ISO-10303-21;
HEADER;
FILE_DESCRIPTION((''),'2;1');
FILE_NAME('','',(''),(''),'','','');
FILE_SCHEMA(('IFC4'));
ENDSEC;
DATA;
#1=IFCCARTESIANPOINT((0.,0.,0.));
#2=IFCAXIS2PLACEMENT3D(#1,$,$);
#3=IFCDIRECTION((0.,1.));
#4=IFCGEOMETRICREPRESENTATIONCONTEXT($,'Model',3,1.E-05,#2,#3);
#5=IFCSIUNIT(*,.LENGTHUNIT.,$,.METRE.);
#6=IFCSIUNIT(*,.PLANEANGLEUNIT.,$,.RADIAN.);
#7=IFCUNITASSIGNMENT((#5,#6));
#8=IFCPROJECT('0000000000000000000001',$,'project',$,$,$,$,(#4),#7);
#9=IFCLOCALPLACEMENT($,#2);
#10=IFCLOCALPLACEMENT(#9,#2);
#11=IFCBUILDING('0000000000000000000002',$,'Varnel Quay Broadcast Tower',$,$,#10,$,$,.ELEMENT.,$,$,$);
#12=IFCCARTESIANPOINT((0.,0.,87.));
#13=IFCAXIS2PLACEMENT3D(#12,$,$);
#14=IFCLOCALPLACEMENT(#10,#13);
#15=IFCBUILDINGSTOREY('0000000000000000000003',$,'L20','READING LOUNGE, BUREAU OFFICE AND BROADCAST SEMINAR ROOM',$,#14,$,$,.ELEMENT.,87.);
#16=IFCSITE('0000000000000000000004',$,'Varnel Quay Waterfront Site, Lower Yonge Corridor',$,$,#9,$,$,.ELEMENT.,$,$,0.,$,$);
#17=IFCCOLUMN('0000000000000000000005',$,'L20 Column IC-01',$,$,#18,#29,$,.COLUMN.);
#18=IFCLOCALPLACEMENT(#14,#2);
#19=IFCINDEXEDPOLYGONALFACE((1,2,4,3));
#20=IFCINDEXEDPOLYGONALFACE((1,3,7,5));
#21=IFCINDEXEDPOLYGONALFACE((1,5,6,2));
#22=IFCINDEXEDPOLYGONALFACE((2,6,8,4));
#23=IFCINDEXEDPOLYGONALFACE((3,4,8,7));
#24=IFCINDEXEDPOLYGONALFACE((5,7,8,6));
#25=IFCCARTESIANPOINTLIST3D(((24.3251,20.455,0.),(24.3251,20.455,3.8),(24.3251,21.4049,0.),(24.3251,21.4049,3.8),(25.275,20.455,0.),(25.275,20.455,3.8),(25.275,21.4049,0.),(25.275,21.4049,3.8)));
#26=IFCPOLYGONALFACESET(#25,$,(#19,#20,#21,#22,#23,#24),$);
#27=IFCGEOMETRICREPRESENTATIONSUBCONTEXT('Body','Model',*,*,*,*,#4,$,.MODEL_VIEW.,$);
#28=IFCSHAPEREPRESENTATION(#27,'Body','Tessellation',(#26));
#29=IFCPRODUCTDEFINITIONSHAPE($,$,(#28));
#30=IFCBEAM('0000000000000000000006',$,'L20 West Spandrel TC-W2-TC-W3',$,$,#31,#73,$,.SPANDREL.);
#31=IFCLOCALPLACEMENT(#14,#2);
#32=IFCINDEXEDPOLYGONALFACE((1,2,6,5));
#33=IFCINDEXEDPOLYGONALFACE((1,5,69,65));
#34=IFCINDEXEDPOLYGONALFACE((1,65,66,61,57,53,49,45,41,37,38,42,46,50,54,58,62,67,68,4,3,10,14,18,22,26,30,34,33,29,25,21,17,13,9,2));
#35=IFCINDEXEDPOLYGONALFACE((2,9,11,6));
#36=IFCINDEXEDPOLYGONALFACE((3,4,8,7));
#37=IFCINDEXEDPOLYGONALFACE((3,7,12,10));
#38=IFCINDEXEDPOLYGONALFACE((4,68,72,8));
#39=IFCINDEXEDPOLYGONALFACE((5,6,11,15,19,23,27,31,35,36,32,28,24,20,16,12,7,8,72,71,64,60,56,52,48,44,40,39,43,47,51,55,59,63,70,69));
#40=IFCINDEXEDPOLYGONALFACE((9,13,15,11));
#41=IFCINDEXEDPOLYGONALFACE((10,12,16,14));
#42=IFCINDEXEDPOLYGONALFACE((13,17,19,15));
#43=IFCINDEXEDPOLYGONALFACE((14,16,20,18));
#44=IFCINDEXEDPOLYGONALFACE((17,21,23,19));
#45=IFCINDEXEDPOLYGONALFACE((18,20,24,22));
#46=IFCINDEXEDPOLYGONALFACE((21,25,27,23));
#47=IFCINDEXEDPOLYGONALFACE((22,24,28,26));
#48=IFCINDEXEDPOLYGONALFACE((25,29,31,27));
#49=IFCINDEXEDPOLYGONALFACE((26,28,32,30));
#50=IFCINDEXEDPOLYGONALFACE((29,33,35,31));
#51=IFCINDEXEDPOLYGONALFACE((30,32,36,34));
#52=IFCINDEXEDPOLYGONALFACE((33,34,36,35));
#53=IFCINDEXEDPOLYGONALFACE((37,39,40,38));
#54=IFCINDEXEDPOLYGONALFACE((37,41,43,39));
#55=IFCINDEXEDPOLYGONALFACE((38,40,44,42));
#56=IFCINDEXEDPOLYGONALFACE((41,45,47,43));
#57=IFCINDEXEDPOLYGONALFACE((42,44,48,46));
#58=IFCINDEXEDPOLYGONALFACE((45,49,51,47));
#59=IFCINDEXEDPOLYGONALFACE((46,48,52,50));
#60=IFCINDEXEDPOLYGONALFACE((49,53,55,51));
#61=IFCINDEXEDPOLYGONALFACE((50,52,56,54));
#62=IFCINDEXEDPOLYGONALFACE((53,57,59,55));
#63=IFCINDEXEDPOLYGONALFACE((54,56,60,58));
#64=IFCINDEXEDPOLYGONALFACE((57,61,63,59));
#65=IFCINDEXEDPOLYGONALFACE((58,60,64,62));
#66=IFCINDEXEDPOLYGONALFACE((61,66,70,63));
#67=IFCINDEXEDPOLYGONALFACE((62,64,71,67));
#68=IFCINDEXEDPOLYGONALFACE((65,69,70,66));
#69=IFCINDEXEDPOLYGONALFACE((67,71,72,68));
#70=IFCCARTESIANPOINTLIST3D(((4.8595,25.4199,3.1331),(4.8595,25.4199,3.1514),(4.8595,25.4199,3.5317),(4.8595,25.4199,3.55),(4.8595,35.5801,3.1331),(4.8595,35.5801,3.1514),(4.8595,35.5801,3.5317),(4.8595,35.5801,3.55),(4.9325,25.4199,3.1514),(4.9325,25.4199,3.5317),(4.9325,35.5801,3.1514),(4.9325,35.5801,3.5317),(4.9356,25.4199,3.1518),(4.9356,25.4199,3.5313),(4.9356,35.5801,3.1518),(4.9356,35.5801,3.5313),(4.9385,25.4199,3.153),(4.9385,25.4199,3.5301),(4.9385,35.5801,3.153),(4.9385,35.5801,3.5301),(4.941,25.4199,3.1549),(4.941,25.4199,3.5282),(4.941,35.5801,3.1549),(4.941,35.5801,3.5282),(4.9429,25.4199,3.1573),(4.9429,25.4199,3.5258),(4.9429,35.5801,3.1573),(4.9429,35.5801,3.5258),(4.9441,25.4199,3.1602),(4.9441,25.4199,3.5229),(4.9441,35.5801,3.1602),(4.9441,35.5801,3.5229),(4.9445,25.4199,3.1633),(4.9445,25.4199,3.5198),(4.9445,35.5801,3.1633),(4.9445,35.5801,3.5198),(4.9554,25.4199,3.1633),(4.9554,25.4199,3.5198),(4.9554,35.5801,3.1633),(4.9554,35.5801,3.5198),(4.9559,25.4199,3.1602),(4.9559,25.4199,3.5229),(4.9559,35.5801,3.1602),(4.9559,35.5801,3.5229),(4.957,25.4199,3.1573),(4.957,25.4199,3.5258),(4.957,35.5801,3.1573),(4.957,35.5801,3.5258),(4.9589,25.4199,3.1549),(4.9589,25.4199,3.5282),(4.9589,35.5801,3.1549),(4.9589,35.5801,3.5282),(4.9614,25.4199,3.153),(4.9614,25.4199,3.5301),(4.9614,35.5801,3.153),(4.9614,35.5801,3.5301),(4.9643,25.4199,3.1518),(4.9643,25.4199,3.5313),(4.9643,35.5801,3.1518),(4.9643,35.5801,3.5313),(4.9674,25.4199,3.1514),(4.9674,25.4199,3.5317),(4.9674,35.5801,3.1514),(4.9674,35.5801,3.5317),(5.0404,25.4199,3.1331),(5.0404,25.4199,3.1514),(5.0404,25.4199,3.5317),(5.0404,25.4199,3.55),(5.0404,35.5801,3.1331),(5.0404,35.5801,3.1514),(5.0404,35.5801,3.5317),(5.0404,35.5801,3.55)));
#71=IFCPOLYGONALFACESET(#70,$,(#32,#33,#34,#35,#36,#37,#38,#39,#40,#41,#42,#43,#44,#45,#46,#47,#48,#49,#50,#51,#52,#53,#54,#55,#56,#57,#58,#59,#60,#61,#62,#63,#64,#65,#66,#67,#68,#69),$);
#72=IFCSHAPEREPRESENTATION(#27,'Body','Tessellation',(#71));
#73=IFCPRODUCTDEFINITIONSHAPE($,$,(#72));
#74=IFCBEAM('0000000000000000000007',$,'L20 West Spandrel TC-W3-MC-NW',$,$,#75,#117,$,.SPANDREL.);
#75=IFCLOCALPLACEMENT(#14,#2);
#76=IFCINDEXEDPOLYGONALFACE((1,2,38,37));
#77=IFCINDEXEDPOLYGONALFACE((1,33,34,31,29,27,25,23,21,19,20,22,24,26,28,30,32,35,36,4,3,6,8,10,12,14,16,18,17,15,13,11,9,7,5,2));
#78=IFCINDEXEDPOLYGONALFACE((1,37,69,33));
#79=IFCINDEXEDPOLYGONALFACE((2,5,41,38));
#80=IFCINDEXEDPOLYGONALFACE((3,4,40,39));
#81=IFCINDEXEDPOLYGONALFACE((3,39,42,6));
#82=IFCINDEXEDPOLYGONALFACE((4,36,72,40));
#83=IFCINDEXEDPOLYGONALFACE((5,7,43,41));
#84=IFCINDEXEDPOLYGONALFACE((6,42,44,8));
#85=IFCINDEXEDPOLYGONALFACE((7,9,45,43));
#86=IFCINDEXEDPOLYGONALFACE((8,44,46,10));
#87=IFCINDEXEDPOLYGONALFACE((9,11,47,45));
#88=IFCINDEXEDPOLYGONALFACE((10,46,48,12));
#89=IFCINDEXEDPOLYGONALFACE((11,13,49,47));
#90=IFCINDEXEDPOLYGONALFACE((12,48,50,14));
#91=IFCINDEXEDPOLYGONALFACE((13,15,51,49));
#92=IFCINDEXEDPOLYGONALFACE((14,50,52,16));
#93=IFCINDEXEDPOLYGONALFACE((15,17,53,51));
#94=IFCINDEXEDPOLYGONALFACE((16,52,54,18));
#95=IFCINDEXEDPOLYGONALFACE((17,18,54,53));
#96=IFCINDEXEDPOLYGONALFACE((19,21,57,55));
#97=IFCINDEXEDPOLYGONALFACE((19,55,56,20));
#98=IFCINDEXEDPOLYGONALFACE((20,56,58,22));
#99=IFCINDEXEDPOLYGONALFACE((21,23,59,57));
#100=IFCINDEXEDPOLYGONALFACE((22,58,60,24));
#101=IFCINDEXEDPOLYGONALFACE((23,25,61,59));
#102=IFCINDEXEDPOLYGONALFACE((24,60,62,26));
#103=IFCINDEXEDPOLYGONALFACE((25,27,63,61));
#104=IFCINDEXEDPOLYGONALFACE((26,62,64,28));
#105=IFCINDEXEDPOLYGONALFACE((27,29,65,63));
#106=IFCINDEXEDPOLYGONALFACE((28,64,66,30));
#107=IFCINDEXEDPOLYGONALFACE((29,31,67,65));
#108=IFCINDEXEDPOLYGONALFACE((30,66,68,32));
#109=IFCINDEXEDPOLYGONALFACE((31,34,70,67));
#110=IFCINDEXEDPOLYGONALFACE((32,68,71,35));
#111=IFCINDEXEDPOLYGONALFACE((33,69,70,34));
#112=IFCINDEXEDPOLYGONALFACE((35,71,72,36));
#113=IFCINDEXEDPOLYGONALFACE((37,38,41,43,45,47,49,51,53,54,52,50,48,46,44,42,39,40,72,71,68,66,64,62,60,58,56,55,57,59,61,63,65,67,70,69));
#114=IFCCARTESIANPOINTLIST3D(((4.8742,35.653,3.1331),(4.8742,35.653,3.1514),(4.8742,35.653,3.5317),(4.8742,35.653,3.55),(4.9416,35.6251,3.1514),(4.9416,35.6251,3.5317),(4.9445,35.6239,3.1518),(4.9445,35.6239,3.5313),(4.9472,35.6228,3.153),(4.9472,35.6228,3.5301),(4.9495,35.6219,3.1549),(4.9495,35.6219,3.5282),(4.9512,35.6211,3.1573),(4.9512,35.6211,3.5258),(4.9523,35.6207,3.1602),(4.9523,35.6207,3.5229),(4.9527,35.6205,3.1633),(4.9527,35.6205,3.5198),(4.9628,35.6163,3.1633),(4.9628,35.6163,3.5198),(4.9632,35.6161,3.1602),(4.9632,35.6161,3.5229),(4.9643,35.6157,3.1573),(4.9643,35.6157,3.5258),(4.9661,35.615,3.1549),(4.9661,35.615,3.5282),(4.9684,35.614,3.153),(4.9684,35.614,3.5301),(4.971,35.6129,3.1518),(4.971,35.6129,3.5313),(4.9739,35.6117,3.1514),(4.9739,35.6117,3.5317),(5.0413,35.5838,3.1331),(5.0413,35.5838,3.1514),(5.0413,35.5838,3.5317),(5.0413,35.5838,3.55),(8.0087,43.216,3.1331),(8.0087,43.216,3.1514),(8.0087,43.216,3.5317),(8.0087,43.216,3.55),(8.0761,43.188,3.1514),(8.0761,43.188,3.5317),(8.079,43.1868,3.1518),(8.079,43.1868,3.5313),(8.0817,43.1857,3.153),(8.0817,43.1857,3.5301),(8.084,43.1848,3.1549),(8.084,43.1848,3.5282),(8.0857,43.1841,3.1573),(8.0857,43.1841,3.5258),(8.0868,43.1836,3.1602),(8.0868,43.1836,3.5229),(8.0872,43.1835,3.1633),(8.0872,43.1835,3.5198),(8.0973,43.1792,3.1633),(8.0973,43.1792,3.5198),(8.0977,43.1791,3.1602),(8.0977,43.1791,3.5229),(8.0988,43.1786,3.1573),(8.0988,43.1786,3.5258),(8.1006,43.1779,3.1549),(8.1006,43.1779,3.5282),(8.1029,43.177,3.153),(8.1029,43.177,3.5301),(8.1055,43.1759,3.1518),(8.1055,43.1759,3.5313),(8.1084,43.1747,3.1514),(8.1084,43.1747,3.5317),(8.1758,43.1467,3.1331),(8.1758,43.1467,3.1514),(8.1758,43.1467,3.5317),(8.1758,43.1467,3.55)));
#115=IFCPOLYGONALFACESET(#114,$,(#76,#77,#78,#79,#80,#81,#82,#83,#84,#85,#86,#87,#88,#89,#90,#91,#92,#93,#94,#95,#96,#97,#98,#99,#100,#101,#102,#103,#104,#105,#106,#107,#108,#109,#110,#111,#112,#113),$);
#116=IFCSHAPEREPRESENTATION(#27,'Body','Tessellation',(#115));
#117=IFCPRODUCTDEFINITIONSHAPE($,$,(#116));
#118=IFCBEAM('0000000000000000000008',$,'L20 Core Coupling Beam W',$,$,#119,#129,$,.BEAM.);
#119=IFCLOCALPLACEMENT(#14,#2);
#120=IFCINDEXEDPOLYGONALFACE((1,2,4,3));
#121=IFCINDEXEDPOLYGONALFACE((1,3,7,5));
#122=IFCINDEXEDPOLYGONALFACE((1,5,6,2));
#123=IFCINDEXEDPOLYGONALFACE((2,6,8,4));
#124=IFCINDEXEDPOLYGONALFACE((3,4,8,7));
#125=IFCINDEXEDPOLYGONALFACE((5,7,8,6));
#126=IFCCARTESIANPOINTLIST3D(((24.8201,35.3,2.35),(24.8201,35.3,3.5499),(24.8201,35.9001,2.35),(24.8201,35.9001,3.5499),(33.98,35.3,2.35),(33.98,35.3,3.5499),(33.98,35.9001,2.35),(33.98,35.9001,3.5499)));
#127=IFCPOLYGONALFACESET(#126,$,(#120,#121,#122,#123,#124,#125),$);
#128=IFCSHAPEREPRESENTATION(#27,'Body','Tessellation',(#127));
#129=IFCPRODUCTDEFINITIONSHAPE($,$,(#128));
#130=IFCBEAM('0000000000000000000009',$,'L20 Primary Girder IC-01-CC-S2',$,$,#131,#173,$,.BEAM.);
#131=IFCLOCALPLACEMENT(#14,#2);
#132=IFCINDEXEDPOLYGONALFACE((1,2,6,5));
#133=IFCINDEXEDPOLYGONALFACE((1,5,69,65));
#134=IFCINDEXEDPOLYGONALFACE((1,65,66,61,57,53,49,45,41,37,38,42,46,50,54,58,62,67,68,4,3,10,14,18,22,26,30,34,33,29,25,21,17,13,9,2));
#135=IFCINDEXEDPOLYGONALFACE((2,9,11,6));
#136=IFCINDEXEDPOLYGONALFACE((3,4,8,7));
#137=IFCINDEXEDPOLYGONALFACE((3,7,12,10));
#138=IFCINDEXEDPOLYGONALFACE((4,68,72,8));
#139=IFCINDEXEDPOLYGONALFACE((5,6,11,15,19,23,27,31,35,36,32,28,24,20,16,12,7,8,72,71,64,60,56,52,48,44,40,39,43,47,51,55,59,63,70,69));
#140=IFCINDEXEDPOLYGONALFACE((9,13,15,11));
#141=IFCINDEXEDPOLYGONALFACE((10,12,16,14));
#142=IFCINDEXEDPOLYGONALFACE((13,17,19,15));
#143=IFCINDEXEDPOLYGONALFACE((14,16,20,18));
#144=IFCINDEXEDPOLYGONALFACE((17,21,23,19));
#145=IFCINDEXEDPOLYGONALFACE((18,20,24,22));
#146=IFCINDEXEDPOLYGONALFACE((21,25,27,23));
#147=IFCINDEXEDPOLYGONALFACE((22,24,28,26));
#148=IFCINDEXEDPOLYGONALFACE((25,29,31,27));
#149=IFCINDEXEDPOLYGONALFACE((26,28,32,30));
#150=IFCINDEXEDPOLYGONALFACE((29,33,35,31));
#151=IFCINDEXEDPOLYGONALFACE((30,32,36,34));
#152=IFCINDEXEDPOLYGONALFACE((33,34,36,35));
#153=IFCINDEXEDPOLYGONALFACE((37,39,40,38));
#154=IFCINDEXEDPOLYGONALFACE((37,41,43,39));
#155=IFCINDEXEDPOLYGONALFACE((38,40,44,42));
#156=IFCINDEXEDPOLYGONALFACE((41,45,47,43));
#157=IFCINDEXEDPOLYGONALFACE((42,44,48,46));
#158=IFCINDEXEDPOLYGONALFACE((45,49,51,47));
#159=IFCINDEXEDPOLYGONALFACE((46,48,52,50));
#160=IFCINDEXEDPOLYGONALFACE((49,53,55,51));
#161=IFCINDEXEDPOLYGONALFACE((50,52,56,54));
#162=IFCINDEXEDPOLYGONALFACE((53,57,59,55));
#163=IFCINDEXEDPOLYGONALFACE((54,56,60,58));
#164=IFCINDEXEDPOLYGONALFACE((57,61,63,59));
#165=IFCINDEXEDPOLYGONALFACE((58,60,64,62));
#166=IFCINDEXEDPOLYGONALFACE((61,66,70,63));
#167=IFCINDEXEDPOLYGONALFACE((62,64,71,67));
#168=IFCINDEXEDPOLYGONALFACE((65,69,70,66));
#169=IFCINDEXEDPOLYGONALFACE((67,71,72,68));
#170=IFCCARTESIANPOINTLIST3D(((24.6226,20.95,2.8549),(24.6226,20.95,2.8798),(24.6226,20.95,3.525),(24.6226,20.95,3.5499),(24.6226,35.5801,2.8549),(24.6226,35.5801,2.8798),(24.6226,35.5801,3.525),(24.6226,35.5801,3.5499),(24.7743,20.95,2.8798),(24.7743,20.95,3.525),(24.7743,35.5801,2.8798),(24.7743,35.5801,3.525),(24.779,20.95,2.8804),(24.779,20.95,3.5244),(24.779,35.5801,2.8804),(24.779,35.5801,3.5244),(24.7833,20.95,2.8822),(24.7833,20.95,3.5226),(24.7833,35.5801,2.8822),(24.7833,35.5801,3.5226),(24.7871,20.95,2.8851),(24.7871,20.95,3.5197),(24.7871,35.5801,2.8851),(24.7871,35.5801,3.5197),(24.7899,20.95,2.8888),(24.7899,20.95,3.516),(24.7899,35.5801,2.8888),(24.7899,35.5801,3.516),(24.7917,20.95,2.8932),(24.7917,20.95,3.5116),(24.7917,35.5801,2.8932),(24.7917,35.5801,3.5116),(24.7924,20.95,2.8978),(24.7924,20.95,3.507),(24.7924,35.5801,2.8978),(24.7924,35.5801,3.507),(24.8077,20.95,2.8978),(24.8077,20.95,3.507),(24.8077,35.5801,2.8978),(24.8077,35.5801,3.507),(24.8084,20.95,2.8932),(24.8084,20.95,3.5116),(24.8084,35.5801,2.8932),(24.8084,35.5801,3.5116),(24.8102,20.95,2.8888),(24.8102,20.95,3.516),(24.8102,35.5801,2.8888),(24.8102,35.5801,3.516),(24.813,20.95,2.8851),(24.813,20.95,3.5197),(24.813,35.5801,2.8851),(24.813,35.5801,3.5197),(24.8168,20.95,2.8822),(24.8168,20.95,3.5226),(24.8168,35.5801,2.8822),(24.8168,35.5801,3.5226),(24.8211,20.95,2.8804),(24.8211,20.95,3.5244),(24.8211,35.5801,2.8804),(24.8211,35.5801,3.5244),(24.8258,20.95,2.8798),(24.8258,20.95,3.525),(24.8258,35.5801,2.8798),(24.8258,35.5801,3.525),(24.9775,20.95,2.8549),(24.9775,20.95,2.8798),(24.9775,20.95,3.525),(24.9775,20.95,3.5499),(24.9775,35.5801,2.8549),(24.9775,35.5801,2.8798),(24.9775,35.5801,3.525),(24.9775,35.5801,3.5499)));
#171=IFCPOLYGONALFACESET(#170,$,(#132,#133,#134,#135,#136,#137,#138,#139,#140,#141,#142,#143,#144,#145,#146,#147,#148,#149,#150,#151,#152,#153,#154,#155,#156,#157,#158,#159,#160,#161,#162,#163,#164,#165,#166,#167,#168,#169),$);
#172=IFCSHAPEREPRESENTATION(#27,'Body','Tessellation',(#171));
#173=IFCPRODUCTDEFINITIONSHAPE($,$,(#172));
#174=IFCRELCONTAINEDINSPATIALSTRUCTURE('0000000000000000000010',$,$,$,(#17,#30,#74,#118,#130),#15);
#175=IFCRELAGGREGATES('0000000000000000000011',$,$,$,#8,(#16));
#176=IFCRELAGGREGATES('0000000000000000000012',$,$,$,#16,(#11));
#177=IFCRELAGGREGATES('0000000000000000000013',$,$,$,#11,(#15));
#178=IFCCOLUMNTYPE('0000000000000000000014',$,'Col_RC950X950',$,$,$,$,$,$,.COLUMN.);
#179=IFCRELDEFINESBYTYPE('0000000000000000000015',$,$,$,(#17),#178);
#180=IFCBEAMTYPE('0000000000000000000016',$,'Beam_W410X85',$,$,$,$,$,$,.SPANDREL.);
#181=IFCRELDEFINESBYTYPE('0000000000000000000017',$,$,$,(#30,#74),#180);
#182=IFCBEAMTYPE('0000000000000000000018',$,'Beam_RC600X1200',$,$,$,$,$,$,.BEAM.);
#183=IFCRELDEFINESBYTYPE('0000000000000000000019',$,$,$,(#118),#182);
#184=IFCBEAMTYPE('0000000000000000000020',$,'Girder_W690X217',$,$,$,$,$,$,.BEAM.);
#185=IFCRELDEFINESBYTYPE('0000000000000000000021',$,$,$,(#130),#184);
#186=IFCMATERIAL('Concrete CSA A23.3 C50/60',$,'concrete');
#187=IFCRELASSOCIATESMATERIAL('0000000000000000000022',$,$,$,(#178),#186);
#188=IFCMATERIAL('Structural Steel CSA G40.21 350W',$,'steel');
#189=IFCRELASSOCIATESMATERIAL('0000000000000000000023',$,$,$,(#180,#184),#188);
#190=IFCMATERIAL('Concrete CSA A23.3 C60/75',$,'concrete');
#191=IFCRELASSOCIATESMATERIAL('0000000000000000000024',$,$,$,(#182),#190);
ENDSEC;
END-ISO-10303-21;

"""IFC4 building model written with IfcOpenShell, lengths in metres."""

from ifc_helpers import new_model, si_unit, direction, frame, origin, origin_2d, place, context, subcontext, project, spatial, rectangle, i_section, extrude, source, transform, mapped, material, material_profile, profile_set, type_object, type_shapes, element, save


model = new_model("IFC4")

# Units and contexts
model_context = context("Model", 3, precision=1e-05, world=origin(), true_north=direction((0.0, 1.0)))
body_context = subcontext(model_context, "Body", "Model", "MODEL_VIEW")
ifc_project = project(units=[si_unit("LENGTHUNIT", "METRE"), si_unit("PLANEANGLEUNIT", "RADIAN")], contexts=[model_context])

# Site, building, storey
site_placement = place(None, origin())
site = spatial("IfcSite", under=ifc_project, at=site_placement, Name="Varnel Quay Waterfront Site, Lower Yonge Corridor", CompositionType="ELEMENT", RefElevation=0.0)
building_placement = place(site_placement, origin())
building = spatial("IfcBuilding", under=site, at=building_placement, Name="Varnel Quay Broadcast Tower", CompositionType="ELEMENT")
storey_placement = place(building_placement, frame((0.0, 0.0, 87.0)))
storey = spatial("IfcBuildingStorey", under=building, at=storey_placement, Name="L20", Description="READING LOUNGE, BUREAU OFFICE AND BROADCAST SEMINAR ROOM", CompositionType="ELEMENT", Elevation=87.0)

# Column
ifc_material_1 = material(Name="Structural Steel CSA G40.21 350W", Category="steel")
ifc_material_2 = material(Name="Concrete CSA A23.3 C50/60", Category="concrete")
ifc_material_profile_1 = material_profile(ifc_material_2, rectangle(XDim=0.95, YDim=0.95, at=origin_2d()), Name="RC950X950")
ifc_profile_set_1 = profile_set([ifc_material_profile_1], Name="Concrete CSA A23.3 C50/60")
column_type_1 = type_object("IfcColumnType", Name="Col_RC950X950", PredefinedType="COLUMN", material=ifc_profile_set_1)
shared_shape_1 = source(origin(), body_context, "Body", "SweptSolid", [
    extrude(rectangle(XDim=0.95, YDim=0.95, at=origin_2d()), origin(), (0.0, 0.0, 1.0), 3.8),
])
type_shapes(column_type_1, [shared_shape_1])
column_placement = place(storey_placement, frame((24.8, 20.9299, 0.0), z_axis=(0.0, 0.0, 1.0), x_axis=(1.0, 0.0, 0.0)))
element("IfcColumn", 1, at=column_placement, inside=storey, type_object=column_type_1, Name="L20 Column IC-01", PredefinedType="COLUMN", context=body_context, shape_type="MappedRepresentation", body=[
    mapped(shared_shape_1, transform((0.0, 0.0, 0.0), x_axis=(1.0, 0.0, 0.0), y_axis=(0.0, 1.0, 0.0), z_axis=(0.0, 0.0, 1.0), scale=1.0)),
])

# Beams
ifc_material_profile_2 = material_profile(ifc_material_1, i_section(OverallWidth=0.1809, OverallDepth=0.417, WebThickness=0.011, FlangeThickness=0.0183, FilletRadius=0.012, at=origin_2d()), Name="W410X85")
ifc_profile_set_2 = profile_set([ifc_material_profile_2], Name="Structural Steel CSA G40.21 350W")
beam_type_1 = type_object("IfcBeamType", Name="Beam_W410X85", PredefinedType="SPANDREL", material=ifc_profile_set_2)
shared_shape_2 = source(origin(), body_context, "Body", "SweptSolid", [
    extrude(i_section(OverallWidth=0.1809, OverallDepth=0.417, WebThickness=0.011, FlangeThickness=0.0183, FilletRadius=0.012, at=origin_2d()), origin(), (0.0, 0.0, 1.0), 10.1602),
])
beam_1_placement = place(storey_placement, frame((4.95, 25.4199, 3.3416), z_axis=(0.0, 1.0, 0.0), x_axis=(-1.0, 0.0, 0.0)))
element("IfcBeam", 2, at=beam_1_placement, inside=storey, type_object=beam_type_1, Name="L20 West Spandrel TC-W2-TC-W3", PredefinedType="SPANDREL", context=body_context, shape_type="MappedRepresentation", body=[
    mapped(shared_shape_2, transform((0.0, 0.0, 0.0), x_axis=(1.0, 0.0, 0.0), y_axis=(0.0, 1.0, 0.0), z_axis=(0.0, 0.0, 1.0), scale=1.0)),
])
shared_shape_3 = source(origin(), body_context, "Body", "SweptSolid", [
    extrude(i_section(OverallWidth=0.1809, OverallDepth=0.417, WebThickness=0.011, FlangeThickness=0.0183, FilletRadius=0.012, at=origin_2d()), origin(), (0.0, 0.0, 1.0), 8.1868),
])
type_shapes(beam_type_1, [shared_shape_2, shared_shape_3])
beam_2_placement = place(storey_placement, frame((4.9578, 35.6184, 3.3416), z_axis=(0.382874, 0.923801, 0.0), x_axis=(-0.923801, 0.382874, 0.0)))
element("IfcBeam", 3, at=beam_2_placement, inside=storey, type_object=beam_type_1, Name="L20 West Spandrel TC-W3-MC-NW", PredefinedType="SPANDREL", context=body_context, shape_type="MappedRepresentation", body=[
    mapped(shared_shape_3, transform((0.0, 0.0, 0.0), x_axis=(1.0, 0.0, 0.0), y_axis=(0.0, 1.0, 0.0), z_axis=(0.0, 0.0, 1.0), scale=1.0)),
])
ifc_material_3 = material(Name="Concrete CSA A23.3 C60/75", Category="concrete")
ifc_material_profile_3 = material_profile(ifc_material_3, rectangle(XDim=0.6001, YDim=1.2, at=origin_2d()), Name="RC600X1200")
ifc_profile_set_3 = profile_set([ifc_material_profile_3], Name="Concrete CSA A23.3 C60/75")
beam_type_2 = type_object("IfcBeamType", Name="Beam_RC600X1200", PredefinedType="BEAM", material=ifc_profile_set_3)
shared_shape_4 = source(origin(), body_context, "Body", "SweptSolid", [
    extrude(rectangle(XDim=0.6001, YDim=1.2, at=origin_2d()), origin(), (0.0, 0.0, 1.0), 9.1599),
])
type_shapes(beam_type_2, [shared_shape_4])
beam_3_placement = place(storey_placement, frame((24.8201, 35.6001, 2.95), z_axis=(1.0, 0.0, 0.0), x_axis=(0.0, 1.0, 0.0)))
element("IfcBeam", 4, at=beam_3_placement, inside=storey, type_object=beam_type_2, Name="L20 Core Coupling Beam W", PredefinedType="BEAM", context=body_context, shape_type="MappedRepresentation", body=[
    mapped(shared_shape_4, transform((0.0, 0.0, 0.0), x_axis=(1.0, 0.0, 0.0), y_axis=(0.0, 1.0, 0.0), z_axis=(0.0, 0.0, 1.0), scale=1.0)),
])
ifc_material_profile_4 = material_profile(ifc_material_1, i_section(OverallWidth=0.355, OverallDepth=0.6951, WebThickness=0.0154, FlangeThickness=0.0249, FilletRadius=0.0181, at=origin_2d()), Name="W690X217")
ifc_profile_set_4 = profile_set([ifc_material_profile_4], Name="Structural Steel CSA G40.21 350W")
beam_type_3 = type_object("IfcBeamType", Name="Girder_W690X217", PredefinedType="BEAM", material=ifc_profile_set_4)
shared_shape_5 = source(origin(), body_context, "Body", "SweptSolid", [
    extrude(i_section(OverallWidth=0.355, OverallDepth=0.6951, WebThickness=0.0154, FlangeThickness=0.0249, FilletRadius=0.0181, at=origin_2d()), origin(), (0.0, 0.0, 1.0), 14.6301),
])
beam_4_placement = place(storey_placement, frame((24.8, 20.95, 3.2024), z_axis=(0.0, 1.0, 0.0), x_axis=(-1.0, 0.0, 0.0)))
element("IfcBeam", 5, at=beam_4_placement, inside=storey, type_object=beam_type_3, Name="L20 Primary Girder IC-01-CC-S2", PredefinedType="BEAM", context=body_context, shape_type="MappedRepresentation", body=[
    mapped(shared_shape_5, transform((0.0, 0.0, 0.0), x_axis=(1.0, 0.0, 0.0), y_axis=(0.0, 1.0, 0.0), z_axis=(0.0, 0.0, 1.0), scale=1.0)),
])

save(model, "model.ifc")
